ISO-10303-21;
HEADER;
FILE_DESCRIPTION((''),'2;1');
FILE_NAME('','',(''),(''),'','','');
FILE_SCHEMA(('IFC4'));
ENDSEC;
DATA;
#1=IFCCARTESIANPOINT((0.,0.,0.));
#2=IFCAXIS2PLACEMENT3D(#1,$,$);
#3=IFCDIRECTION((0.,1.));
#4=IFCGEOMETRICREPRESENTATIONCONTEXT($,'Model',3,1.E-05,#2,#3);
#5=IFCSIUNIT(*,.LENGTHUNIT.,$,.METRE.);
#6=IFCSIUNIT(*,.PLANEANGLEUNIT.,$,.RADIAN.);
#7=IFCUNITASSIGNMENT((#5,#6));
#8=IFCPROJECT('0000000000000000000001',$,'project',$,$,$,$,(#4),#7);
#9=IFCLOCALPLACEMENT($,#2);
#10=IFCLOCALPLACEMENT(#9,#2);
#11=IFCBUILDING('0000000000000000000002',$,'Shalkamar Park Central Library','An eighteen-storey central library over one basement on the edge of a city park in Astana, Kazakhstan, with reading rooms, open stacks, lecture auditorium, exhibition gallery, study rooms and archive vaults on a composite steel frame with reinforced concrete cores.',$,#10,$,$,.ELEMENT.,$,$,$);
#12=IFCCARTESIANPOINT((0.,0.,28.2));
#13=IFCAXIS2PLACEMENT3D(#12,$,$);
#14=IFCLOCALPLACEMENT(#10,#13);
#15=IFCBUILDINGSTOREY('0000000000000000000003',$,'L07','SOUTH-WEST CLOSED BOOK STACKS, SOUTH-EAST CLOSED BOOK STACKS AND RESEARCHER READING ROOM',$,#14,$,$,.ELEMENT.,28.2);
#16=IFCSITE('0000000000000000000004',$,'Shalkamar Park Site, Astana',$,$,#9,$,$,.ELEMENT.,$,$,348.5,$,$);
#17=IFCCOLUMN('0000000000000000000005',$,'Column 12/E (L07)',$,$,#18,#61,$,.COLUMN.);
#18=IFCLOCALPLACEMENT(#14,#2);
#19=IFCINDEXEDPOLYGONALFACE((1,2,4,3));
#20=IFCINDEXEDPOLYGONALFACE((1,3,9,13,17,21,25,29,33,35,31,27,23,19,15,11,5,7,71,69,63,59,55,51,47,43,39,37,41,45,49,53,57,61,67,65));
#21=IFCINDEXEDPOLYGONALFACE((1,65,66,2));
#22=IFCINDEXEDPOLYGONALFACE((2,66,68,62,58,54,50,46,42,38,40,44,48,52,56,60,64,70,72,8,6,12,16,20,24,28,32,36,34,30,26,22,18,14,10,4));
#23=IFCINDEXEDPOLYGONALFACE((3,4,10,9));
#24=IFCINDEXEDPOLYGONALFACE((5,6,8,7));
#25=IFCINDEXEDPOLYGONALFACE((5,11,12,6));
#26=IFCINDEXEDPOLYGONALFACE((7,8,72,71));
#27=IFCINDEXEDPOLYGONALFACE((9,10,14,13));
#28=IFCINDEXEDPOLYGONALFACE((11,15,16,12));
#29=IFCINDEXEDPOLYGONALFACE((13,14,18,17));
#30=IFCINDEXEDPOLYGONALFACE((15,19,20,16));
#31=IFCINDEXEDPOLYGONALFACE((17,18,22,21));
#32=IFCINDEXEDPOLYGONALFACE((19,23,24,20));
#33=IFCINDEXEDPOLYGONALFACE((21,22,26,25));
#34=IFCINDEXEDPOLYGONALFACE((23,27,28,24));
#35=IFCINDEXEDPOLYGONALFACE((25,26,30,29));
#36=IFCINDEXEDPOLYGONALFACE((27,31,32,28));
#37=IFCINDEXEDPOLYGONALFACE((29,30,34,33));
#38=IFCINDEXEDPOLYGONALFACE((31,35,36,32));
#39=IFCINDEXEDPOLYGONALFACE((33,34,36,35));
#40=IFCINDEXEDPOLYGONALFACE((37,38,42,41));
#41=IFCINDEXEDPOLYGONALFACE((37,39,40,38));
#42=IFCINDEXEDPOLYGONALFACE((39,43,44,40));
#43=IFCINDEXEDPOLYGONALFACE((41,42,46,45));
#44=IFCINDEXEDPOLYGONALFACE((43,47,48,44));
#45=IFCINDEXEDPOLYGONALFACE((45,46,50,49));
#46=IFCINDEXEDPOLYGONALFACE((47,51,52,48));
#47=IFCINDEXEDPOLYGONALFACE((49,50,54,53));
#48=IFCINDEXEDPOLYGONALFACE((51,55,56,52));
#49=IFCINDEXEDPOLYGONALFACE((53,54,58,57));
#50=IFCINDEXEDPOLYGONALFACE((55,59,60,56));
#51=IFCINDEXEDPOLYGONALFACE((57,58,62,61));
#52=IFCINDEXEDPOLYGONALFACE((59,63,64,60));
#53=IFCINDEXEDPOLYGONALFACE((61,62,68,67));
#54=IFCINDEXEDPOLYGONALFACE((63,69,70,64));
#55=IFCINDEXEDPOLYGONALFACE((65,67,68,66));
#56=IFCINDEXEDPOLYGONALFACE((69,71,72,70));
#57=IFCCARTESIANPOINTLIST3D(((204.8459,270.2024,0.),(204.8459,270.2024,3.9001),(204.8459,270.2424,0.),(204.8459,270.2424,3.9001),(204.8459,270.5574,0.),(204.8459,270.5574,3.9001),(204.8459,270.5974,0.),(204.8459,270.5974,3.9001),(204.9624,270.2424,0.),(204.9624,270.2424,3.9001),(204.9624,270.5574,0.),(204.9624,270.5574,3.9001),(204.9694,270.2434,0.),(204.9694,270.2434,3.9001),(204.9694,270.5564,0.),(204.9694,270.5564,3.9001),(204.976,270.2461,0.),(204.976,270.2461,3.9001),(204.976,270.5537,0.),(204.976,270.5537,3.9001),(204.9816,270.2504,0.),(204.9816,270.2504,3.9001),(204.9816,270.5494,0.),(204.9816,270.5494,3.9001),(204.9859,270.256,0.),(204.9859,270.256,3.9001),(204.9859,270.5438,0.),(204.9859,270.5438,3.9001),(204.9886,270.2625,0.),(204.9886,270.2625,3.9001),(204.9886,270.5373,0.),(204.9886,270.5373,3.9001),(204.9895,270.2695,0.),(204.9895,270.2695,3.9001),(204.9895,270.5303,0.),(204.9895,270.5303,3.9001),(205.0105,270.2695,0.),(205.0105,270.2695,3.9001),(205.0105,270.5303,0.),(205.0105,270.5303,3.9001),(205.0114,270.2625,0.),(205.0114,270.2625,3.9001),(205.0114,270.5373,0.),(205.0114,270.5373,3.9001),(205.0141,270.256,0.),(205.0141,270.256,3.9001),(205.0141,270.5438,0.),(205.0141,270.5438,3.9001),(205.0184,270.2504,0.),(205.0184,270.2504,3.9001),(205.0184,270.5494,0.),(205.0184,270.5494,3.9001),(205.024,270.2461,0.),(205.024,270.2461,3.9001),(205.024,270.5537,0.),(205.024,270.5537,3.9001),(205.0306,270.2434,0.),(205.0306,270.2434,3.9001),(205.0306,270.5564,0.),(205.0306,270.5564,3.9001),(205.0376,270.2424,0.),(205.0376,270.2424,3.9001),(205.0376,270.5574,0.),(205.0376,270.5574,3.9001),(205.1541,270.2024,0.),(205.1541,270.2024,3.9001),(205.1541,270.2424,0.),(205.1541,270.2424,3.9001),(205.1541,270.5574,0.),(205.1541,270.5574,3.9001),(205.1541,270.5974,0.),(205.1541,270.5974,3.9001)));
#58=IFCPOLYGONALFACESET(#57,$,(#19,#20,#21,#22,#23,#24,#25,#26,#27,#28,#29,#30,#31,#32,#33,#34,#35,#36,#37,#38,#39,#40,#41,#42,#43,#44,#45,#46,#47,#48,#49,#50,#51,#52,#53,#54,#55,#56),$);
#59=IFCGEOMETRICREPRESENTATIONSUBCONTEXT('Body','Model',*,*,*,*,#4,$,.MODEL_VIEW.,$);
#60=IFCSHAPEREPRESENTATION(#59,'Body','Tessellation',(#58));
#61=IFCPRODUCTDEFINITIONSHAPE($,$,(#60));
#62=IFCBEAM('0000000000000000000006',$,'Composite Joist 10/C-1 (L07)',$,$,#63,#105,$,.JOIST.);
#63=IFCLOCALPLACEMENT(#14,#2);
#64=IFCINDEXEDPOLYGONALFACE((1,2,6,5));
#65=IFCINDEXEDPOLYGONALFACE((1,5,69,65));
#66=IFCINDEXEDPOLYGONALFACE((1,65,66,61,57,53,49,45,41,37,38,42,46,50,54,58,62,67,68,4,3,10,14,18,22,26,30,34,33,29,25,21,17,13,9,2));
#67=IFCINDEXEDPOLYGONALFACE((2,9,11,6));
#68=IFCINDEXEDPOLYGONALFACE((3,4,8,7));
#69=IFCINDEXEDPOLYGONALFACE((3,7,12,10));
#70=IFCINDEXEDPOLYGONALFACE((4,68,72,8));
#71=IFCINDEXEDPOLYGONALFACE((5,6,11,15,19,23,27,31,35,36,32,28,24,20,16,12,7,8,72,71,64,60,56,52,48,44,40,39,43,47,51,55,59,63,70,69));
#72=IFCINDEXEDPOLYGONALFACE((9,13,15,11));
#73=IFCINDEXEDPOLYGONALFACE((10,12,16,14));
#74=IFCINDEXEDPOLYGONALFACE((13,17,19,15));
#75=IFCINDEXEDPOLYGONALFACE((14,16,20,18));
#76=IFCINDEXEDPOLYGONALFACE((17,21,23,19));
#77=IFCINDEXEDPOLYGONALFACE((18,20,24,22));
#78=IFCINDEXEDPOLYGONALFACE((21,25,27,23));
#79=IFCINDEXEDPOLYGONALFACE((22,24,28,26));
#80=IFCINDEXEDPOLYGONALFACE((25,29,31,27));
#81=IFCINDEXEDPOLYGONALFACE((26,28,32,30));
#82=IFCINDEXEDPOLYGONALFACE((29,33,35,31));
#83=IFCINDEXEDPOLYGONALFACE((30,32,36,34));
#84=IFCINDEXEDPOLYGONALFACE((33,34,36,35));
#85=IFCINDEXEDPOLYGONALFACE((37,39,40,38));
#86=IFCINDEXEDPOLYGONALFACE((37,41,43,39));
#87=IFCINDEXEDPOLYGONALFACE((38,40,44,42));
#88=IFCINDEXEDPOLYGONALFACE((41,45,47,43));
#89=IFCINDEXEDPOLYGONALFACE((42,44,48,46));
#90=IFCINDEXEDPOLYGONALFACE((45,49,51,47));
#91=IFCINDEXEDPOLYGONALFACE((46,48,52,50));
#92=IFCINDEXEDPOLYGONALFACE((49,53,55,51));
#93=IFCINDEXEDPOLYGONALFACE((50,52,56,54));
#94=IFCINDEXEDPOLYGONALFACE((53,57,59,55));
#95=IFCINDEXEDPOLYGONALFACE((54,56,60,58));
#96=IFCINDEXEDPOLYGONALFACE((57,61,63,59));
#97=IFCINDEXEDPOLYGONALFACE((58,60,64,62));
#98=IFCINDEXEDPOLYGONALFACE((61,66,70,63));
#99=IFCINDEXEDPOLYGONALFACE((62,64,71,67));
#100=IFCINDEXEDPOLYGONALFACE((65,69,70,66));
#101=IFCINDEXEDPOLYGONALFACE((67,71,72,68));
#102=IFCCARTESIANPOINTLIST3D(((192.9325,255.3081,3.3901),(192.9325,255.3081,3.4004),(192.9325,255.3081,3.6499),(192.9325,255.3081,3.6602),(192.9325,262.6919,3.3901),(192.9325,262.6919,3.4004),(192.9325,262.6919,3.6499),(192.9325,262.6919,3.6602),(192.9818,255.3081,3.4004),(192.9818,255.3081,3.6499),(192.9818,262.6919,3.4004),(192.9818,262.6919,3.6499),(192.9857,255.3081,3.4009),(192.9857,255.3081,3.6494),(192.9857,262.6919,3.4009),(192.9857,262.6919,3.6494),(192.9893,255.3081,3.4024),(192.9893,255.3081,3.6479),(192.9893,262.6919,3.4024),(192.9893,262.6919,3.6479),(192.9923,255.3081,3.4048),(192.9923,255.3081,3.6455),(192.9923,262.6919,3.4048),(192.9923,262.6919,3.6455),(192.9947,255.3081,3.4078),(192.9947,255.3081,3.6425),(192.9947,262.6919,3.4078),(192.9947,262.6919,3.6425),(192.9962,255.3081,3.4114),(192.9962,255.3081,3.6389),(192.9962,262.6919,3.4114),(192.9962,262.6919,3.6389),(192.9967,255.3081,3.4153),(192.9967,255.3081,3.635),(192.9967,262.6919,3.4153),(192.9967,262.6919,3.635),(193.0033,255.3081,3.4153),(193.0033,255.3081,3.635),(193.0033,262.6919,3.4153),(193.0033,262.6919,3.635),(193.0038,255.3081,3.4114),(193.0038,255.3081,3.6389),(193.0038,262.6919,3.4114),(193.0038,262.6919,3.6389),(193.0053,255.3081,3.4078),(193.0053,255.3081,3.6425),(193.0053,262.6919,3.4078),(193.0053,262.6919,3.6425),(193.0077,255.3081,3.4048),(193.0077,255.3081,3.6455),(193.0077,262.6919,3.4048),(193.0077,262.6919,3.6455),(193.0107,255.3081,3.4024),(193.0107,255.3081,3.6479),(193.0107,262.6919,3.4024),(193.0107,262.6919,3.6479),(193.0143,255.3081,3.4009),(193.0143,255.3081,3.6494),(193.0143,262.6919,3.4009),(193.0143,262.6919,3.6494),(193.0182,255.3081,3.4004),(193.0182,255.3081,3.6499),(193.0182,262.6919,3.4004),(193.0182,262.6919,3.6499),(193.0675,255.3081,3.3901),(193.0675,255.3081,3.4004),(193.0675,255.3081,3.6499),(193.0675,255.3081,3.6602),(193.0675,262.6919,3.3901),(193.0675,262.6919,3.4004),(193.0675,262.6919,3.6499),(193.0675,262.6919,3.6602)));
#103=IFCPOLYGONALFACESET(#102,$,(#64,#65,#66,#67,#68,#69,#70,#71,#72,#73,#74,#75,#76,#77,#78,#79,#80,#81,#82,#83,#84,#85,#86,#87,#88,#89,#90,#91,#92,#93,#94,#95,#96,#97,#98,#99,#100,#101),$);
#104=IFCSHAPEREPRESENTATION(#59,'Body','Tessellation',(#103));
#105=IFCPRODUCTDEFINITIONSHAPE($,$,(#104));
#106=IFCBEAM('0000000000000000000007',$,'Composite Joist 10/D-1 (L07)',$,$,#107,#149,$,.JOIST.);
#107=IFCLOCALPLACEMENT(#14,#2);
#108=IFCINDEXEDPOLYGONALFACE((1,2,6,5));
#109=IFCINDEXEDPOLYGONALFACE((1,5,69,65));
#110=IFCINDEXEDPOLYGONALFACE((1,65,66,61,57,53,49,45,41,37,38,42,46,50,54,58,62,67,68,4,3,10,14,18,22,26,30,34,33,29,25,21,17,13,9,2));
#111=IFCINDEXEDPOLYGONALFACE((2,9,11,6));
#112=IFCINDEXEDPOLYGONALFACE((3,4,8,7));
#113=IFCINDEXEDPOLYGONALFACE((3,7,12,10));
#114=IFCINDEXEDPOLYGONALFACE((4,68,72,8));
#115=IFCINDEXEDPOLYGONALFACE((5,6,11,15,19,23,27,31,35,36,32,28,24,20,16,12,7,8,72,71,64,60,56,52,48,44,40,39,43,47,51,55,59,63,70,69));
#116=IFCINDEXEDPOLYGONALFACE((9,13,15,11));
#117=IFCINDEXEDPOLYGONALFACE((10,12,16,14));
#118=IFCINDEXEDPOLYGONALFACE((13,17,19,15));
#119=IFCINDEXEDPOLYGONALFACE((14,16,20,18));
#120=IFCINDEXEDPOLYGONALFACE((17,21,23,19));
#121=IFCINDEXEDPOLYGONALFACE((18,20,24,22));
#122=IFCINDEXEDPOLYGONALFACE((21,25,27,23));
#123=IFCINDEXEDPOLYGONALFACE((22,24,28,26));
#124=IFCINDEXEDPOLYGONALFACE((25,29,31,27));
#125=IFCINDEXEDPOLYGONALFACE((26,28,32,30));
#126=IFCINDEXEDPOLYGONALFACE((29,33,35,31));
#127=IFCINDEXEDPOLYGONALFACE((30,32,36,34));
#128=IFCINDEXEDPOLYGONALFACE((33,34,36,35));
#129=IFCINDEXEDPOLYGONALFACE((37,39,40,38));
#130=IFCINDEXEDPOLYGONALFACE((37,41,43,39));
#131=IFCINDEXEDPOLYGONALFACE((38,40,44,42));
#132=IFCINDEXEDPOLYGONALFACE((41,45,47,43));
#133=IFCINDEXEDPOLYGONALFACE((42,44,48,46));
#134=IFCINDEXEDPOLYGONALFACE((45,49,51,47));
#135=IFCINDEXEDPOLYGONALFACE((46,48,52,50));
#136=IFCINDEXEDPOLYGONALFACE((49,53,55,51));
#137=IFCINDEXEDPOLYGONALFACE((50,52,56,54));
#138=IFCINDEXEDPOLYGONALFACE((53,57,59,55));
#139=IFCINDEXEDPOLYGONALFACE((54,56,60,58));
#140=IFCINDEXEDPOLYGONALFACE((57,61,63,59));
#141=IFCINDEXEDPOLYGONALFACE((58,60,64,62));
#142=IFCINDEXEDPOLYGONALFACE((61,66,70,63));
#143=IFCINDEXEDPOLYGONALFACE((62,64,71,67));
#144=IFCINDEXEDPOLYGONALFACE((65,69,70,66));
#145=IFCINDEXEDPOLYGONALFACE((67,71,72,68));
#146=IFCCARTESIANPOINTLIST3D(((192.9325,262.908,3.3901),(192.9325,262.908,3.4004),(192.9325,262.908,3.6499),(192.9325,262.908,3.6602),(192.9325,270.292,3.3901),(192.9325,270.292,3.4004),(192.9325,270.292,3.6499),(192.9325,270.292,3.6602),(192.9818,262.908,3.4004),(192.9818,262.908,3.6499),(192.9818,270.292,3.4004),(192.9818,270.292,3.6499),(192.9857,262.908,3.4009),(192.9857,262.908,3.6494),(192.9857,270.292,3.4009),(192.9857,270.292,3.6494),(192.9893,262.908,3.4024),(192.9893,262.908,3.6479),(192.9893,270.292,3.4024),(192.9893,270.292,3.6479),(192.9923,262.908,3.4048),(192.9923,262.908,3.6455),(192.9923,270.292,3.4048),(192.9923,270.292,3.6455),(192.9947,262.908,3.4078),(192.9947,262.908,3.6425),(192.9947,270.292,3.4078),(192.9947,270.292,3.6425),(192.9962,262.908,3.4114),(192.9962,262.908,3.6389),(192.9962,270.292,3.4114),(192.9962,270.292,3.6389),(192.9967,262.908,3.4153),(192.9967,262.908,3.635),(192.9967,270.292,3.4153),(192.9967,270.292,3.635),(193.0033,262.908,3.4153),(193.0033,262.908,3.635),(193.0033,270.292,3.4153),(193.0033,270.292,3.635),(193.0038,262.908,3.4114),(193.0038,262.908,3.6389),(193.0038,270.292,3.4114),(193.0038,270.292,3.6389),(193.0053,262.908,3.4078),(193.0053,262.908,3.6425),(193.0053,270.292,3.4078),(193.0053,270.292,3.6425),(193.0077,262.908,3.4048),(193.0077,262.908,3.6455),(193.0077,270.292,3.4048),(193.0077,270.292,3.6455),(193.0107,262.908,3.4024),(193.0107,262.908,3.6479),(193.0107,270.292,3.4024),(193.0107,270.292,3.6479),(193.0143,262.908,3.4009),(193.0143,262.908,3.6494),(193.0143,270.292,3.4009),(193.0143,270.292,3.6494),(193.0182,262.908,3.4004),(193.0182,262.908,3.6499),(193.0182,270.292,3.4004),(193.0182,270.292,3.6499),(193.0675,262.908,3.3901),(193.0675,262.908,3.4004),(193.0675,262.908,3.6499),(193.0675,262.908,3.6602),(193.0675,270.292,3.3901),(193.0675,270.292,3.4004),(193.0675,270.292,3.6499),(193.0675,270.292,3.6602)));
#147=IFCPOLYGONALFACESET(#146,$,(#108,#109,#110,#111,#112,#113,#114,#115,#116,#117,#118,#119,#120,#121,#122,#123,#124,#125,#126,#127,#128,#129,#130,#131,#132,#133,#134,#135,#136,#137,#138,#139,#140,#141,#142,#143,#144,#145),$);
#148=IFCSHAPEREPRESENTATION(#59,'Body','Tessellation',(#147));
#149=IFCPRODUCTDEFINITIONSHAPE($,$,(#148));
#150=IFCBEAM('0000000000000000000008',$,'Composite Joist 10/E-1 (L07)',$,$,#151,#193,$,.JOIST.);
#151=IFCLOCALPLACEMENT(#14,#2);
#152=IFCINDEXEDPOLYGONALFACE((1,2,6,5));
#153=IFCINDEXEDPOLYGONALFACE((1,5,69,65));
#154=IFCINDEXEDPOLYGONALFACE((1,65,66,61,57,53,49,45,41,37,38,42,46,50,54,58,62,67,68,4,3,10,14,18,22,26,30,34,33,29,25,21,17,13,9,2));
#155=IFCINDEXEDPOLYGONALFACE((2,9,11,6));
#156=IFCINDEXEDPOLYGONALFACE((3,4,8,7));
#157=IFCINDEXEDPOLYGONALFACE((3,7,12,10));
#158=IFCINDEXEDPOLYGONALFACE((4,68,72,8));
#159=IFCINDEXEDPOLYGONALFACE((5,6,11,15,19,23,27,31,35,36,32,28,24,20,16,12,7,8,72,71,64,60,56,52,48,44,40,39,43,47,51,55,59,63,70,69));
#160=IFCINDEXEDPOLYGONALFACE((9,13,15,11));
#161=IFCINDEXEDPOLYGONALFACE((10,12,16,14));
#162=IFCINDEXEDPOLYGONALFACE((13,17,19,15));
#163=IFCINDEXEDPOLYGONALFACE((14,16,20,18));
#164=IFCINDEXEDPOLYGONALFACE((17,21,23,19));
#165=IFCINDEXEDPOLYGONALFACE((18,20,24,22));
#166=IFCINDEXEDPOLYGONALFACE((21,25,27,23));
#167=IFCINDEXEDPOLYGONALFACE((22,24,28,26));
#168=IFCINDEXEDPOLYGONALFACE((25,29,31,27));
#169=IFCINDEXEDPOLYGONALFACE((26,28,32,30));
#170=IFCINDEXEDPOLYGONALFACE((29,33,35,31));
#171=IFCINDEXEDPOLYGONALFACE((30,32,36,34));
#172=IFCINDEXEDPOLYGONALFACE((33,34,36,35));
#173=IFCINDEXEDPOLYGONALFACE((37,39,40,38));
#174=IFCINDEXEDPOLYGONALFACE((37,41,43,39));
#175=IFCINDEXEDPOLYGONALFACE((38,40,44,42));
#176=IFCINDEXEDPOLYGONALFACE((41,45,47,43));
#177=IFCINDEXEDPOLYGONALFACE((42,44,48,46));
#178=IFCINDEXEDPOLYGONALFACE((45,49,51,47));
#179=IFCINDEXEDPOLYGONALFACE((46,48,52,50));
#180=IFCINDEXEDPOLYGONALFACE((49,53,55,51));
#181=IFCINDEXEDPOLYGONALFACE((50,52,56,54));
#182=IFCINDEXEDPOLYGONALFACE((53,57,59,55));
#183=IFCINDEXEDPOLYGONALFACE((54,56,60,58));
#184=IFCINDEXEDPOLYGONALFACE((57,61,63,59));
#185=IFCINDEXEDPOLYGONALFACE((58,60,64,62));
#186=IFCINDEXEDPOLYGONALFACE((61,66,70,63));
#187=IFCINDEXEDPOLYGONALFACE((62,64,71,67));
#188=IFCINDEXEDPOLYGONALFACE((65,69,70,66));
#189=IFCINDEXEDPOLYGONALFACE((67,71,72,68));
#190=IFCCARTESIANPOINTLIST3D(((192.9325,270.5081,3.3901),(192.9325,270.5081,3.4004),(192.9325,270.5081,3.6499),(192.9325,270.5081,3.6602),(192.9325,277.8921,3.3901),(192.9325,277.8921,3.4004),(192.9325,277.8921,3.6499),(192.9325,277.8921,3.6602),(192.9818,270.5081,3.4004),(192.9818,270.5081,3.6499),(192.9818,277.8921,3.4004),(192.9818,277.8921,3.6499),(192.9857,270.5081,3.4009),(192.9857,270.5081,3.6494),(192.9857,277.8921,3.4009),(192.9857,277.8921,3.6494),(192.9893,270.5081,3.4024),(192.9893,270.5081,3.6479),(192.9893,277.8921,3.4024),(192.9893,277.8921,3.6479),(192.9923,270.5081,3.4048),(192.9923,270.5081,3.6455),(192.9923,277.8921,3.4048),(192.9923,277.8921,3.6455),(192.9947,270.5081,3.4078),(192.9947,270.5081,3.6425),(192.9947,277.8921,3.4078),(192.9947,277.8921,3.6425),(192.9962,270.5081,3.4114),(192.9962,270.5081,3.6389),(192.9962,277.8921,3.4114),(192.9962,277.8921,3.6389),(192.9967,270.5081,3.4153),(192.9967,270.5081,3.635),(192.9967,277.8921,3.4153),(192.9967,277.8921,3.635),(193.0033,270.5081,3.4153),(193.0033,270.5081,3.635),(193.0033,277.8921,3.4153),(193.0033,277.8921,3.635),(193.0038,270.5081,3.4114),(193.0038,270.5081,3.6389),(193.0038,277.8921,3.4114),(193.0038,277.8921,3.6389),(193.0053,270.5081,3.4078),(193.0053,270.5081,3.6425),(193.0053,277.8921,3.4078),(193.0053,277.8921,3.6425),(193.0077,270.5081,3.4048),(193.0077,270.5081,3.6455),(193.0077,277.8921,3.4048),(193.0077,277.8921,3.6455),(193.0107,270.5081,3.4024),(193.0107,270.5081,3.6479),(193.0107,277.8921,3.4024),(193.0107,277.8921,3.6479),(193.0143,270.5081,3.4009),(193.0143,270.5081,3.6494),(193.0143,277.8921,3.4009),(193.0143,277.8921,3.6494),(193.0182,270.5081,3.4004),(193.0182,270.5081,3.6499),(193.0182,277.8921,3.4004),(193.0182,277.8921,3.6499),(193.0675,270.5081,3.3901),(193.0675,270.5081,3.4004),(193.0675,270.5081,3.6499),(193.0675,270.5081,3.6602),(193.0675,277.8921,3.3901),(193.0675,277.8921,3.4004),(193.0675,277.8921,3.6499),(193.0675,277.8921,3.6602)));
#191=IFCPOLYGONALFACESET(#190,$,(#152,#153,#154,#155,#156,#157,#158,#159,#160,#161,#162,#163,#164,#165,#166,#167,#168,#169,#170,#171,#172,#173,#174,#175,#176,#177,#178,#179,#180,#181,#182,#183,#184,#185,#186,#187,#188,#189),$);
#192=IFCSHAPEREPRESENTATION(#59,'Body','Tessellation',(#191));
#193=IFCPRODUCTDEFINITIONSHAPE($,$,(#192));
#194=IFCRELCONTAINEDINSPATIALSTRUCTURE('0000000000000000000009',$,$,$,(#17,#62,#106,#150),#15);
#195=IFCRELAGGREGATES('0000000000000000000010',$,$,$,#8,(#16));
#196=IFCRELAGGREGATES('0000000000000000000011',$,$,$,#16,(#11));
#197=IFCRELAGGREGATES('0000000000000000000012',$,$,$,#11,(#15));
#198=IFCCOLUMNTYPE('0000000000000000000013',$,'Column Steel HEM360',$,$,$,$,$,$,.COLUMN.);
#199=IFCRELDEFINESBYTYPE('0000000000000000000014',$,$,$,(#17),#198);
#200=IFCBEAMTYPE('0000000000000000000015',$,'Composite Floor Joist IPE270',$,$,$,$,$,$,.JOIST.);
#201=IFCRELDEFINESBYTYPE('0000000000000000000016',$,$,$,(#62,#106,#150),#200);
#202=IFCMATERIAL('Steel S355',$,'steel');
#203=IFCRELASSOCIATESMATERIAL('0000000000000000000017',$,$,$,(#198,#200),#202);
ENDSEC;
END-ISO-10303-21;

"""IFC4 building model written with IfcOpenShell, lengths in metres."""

from ifc_helpers import new_model, si_unit, direction, frame, origin, origin_2d, place, context, subcontext, project, spatial, i_section, extrude, material, material_profile, profile_set, type_object, element, save


model = new_model("IFC4")

# Units and contexts
model_context = context("Model", 3, precision=1e-05, world=origin(), true_north=direction((0.0, 1.0)))
body_context = subcontext(model_context, "Body", "Model", "MODEL_VIEW")
ifc_project = project(units=[si_unit("LENGTHUNIT", "METRE"), si_unit("PLANEANGLEUNIT", "RADIAN")], contexts=[model_context])

# Site, building, storey
site_placement = place(None, origin())
site = spatial("IfcSite", under=ifc_project, at=site_placement, Name="Shalkamar Park Site, Astana", CompositionType="ELEMENT", RefElevation=348.5)
building_placement = place(site_placement, origin())
building = spatial("IfcBuilding", under=site, at=building_placement, Name="Shalkamar Park Central Library", Description="An eighteen-storey central library over one basement on the edge of a city park in Astana, Kazakhstan, with reading rooms, open stacks, lecture auditorium, exhibition gallery, study rooms and archive vaults on a composite steel frame with reinforced concrete cores.", CompositionType="ELEMENT")
storey_placement = place(building_placement, frame((0.0, 0.0, 28.2)))
storey = spatial("IfcBuildingStorey", under=building, at=storey_placement, Name="L07", Description="SOUTH-WEST CLOSED BOOK STACKS, SOUTH-EAST CLOSED BOOK STACKS AND RESEARCHER READING ROOM", CompositionType="ELEMENT", Elevation=28.2)

# Column
ifc_material_1 = material(Name="Steel S355", Category="steel")
ifc_material_profile_1 = material_profile(ifc_material_1, i_section(OverallWidth=0.3081, OverallDepth=0.395, WebThickness=0.021, FlangeThickness=0.04, FilletRadius=0.0271, at=origin_2d()), Name="HEM 360")
ifc_profile_set_1 = profile_set([ifc_material_profile_1], Name="Steel S355")
column_type_1 = type_object("IfcColumnType", Name="Column Steel HEM360", PredefinedType="COLUMN", material=ifc_profile_set_1)
for number, where, z_axis, x_axis, name in (
    (1, (205.0, 270.3999, 0.0), (0.0, 0.0, 1.0), (1.0, 0.0, 0.0), "Column 12/E (L07)"),
):
    element("IfcColumn", number, at=place(storey_placement, frame(where, z_axis=z_axis, x_axis=x_axis)), inside=storey, type_object=column_type_1, Name=name, PredefinedType="COLUMN", context=body_context, shape_type="SweptSolid", body=[
        extrude(i_section(OverallWidth=0.3081, OverallDepth=0.395, WebThickness=0.021, FlangeThickness=0.04, FilletRadius=0.0271, at=origin_2d()), origin(), (0.0, 0.0, 1.0), 3.9001),
    ])

# Beams
ifc_material_profile_2 = material_profile(ifc_material_1, i_section(OverallWidth=0.135, OverallDepth=0.27, WebThickness=0.0066, FlangeThickness=0.0103, FilletRadius=0.0149, at=origin_2d()), Name="IPE 270")
ifc_profile_set_2 = profile_set([ifc_material_profile_2], Name="Steel S355")
beam_type_1 = type_object("IfcBeamType", Name="Composite Floor Joist IPE270", PredefinedType="JOIST", material=ifc_profile_set_2)
beam_1_placement = place(storey_placement, frame((193.0, 255.3081, 3.5251), z_axis=(0.0, 1.0, 0.0), x_axis=(-1.0, 0.0, 0.0)))
element("IfcBeam", 2, at=beam_1_placement, inside=storey, type_object=beam_type_1, Name="Composite Joist 10/C-1 (L07)", PredefinedType="JOIST", context=body_context, shape_type="SweptSolid", body=[
    extrude(i_section(OverallWidth=0.135, OverallDepth=0.27, WebThickness=0.0066, FlangeThickness=0.0103, FilletRadius=0.0149, at=origin_2d()), origin(), (0.0, 0.0, 1.0), 7.3838),
])
for number, where, z_axis, x_axis, name in (
    (3, (193.0, 262.908, 3.5251), (0.0, 1.0, 0.0), (-1.0, 0.0, 0.0), "Composite Joist 10/D-1 (L07)"),
    (4, (193.0, 270.5081, 3.5251), (0.0, 1.0, 0.0), (-1.0, 0.0, 0.0), "Composite Joist 10/E-1 (L07)"),
):
    element("IfcBeam", number, at=place(storey_placement, frame(where, z_axis=z_axis, x_axis=x_axis)), inside=storey, type_object=beam_type_1, Name=name, PredefinedType="JOIST", context=body_context, shape_type="SweptSolid", body=[
        extrude(i_section(OverallWidth=0.135, OverallDepth=0.27, WebThickness=0.0066, FlangeThickness=0.0103, FilletRadius=0.0149, at=origin_2d()), origin(), (0.0, 0.0, 1.0), 7.384),
    ])

save(model, "model.ifc")
